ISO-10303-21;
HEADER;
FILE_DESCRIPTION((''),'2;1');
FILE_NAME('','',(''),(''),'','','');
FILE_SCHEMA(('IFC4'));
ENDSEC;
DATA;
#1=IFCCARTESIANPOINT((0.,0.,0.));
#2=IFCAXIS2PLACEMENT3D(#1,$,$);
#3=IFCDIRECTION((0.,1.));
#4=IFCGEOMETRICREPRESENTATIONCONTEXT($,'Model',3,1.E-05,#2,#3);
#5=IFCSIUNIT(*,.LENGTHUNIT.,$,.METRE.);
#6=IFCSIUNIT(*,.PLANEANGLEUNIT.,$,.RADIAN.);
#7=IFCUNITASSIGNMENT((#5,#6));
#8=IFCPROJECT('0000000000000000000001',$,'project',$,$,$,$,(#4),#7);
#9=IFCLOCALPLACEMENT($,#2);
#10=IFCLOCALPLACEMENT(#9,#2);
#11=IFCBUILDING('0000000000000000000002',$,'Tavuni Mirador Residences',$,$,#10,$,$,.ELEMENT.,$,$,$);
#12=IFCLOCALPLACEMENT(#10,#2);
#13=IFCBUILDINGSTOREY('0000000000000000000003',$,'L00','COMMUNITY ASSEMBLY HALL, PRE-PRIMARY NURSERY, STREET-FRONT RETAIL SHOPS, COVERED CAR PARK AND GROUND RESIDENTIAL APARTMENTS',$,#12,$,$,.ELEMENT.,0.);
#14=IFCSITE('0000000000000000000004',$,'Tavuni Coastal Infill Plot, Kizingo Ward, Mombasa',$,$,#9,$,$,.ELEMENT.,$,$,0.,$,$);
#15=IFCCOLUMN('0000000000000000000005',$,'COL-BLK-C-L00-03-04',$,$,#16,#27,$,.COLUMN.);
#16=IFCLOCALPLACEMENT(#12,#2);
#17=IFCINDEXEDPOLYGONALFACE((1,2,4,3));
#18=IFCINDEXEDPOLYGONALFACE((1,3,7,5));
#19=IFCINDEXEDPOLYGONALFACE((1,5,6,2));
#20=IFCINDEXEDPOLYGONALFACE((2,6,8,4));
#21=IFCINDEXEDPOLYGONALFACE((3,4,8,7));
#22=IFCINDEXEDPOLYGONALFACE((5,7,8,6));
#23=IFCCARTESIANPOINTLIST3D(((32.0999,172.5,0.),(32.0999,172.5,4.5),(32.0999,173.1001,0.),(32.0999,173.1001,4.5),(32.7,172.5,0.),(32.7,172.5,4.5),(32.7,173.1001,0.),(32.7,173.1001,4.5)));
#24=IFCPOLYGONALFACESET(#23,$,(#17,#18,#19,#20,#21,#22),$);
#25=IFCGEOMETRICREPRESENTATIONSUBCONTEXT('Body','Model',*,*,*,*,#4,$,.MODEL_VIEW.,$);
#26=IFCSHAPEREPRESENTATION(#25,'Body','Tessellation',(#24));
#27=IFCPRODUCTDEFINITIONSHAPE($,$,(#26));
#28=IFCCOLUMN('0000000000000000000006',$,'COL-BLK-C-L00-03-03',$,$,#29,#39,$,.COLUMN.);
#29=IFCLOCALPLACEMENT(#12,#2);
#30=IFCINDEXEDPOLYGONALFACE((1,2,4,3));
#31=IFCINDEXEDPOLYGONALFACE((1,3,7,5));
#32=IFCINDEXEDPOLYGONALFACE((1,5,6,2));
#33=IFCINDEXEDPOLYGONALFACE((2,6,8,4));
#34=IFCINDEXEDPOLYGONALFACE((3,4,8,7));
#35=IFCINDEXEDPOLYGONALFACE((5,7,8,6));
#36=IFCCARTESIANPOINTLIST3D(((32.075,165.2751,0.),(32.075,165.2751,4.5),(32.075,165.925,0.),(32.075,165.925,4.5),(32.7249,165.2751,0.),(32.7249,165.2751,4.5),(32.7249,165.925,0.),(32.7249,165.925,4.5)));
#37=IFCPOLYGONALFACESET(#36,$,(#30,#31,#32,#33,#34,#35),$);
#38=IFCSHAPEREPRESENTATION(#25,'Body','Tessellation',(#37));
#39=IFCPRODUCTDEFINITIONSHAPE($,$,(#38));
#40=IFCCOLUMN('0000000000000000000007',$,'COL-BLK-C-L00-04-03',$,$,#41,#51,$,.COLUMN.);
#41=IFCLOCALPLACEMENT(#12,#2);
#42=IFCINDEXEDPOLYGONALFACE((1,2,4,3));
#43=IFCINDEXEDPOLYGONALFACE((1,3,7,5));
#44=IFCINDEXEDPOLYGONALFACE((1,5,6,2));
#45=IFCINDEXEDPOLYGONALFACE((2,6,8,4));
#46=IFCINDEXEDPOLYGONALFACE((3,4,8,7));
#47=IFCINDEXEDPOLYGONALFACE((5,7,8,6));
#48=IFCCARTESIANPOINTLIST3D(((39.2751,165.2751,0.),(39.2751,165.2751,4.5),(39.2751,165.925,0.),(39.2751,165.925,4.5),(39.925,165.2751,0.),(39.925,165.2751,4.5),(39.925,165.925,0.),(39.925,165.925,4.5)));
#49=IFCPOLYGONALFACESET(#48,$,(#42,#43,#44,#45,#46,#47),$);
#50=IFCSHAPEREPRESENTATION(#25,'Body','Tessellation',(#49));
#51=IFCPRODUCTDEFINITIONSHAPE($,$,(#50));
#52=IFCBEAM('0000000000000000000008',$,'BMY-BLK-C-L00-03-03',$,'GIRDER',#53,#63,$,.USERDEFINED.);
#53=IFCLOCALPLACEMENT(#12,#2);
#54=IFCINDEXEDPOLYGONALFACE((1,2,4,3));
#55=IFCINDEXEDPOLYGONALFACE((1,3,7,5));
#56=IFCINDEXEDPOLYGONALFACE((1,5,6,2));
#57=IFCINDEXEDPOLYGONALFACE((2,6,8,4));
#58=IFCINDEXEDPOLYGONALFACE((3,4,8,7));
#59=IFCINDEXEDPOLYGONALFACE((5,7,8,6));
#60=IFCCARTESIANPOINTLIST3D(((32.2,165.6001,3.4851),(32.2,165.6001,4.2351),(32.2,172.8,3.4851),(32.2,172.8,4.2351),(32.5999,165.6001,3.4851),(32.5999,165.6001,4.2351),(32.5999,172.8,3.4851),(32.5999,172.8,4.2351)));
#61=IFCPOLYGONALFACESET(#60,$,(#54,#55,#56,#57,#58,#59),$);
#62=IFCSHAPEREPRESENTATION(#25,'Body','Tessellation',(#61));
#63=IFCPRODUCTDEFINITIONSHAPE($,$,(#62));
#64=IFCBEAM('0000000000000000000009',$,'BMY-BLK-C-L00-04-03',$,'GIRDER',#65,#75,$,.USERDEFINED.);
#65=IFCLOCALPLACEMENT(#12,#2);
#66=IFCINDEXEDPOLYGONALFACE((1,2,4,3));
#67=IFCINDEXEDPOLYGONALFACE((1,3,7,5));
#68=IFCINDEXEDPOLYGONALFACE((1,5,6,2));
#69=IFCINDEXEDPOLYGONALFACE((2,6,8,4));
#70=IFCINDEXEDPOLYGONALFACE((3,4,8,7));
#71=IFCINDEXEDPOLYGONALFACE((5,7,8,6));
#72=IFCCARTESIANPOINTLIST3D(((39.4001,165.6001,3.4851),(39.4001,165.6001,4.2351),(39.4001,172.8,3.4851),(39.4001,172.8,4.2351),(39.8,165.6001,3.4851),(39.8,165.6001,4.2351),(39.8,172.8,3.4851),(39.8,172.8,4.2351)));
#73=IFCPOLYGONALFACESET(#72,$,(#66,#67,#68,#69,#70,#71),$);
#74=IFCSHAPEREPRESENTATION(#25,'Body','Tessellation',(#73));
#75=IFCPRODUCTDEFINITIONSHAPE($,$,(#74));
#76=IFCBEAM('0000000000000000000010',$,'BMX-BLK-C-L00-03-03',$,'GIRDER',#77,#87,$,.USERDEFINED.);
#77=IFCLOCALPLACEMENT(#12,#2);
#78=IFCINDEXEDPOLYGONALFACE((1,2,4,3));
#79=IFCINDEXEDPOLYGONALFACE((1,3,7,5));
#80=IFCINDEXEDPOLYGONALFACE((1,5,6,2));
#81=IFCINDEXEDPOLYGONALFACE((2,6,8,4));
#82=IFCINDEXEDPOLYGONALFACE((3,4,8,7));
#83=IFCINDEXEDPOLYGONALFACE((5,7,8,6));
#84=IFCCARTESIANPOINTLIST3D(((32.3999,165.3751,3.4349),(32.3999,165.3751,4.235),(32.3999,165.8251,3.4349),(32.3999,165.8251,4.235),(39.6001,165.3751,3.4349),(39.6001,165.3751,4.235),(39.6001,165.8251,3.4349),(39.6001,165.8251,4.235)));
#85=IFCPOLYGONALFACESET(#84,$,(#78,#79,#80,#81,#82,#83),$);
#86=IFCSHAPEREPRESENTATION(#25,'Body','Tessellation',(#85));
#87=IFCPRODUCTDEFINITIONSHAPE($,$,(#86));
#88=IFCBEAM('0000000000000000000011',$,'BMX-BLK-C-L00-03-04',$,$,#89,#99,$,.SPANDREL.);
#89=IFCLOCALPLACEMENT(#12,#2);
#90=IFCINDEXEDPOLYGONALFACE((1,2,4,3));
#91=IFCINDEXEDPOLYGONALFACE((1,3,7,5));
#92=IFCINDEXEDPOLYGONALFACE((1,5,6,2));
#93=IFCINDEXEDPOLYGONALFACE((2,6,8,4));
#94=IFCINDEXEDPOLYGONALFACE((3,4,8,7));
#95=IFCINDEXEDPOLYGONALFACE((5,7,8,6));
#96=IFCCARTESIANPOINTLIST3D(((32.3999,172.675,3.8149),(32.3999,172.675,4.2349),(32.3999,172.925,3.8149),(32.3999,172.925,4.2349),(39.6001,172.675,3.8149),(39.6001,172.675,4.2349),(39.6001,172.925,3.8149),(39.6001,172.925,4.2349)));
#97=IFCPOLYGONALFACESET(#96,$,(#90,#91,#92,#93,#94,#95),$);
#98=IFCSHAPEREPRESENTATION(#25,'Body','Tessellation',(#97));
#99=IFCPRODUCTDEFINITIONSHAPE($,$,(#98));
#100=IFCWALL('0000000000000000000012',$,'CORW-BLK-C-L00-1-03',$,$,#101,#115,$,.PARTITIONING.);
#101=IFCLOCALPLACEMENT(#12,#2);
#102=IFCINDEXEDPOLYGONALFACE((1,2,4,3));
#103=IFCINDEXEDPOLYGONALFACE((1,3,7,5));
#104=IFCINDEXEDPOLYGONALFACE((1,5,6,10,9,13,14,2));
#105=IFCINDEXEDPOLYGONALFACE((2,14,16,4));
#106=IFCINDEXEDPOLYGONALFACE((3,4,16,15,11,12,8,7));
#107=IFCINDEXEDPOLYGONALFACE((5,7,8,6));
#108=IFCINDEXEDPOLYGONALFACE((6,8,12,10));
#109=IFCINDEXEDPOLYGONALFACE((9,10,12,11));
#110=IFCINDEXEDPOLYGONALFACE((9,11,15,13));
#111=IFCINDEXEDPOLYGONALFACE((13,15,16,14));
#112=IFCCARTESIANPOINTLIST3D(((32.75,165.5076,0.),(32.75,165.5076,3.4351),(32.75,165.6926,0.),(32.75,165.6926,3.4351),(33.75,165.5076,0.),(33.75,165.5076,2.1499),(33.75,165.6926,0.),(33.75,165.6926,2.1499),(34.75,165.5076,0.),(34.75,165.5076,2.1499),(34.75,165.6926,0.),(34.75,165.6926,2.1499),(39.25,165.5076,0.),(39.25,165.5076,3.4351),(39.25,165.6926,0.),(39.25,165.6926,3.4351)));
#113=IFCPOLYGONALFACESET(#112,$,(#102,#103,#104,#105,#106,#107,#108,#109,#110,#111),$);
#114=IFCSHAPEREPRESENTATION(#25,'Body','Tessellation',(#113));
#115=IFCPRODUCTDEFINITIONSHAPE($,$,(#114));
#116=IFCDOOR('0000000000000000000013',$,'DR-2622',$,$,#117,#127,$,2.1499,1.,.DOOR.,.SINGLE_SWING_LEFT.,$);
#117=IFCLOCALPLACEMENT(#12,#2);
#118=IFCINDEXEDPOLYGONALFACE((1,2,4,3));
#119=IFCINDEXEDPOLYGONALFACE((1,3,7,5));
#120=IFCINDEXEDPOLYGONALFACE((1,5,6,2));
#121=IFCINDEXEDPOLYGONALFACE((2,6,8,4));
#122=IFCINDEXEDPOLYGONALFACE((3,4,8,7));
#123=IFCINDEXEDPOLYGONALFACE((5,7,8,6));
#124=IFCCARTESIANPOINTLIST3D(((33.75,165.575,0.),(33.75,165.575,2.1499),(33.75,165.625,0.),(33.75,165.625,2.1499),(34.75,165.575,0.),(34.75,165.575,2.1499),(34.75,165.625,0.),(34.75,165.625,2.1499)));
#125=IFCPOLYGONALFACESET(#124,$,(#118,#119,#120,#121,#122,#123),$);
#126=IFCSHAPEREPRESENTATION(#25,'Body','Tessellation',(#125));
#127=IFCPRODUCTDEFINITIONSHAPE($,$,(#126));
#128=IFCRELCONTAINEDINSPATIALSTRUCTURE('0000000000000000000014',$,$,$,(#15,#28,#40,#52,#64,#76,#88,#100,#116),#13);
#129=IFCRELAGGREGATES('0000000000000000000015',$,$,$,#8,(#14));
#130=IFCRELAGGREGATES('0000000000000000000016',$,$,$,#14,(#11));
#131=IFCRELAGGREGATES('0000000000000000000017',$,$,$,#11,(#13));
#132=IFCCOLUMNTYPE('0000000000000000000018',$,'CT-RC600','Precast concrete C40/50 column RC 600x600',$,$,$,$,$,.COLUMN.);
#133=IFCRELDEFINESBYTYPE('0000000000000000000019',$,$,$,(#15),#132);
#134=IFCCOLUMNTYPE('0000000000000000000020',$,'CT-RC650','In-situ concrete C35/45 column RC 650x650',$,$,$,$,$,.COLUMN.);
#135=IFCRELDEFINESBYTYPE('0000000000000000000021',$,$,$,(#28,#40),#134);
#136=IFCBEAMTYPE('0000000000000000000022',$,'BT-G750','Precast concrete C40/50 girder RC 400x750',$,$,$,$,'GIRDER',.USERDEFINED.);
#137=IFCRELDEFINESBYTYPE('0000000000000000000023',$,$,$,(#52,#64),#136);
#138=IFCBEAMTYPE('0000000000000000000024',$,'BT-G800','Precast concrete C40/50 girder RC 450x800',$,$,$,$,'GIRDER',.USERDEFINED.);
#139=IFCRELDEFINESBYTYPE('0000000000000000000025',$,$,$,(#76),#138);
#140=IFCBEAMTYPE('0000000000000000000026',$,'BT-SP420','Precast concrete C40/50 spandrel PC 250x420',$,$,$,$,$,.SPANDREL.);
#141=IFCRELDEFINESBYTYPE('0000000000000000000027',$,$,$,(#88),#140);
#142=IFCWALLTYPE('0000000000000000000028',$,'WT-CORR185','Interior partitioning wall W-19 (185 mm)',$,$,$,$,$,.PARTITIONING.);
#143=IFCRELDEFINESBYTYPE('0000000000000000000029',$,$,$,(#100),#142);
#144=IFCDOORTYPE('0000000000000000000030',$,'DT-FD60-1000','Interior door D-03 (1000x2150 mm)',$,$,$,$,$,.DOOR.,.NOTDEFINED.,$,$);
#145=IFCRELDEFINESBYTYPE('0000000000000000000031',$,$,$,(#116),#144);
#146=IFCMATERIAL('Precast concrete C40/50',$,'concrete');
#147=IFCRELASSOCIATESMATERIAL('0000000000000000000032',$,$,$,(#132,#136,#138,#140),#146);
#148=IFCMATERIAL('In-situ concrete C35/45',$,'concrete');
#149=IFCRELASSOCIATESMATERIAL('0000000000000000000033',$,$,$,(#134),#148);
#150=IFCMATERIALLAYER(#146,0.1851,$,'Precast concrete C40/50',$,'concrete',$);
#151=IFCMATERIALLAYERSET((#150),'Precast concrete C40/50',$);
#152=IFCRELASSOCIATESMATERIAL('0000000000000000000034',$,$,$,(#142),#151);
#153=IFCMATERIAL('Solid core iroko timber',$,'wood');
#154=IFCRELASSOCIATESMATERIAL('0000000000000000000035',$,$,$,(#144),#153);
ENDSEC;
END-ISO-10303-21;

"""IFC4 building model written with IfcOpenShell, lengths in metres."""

from ifc_helpers import new_model, si_unit, direction, frame, frame_2d, origin, origin_2d, place, context, subcontext, project, spatial, rectangle, extrude, material, layer, layer_set, material_profile, profile_set, type_object, element, fill, save


model = new_model("IFC4")

# Units and contexts
model_context = context("Model", 3, precision=1e-05, world=origin(), true_north=direction((0.0, 1.0)))
body_context = subcontext(model_context, "Body", "Model", "MODEL_VIEW")
ifc_project = project(units=[si_unit("LENGTHUNIT", "METRE"), si_unit("PLANEANGLEUNIT", "RADIAN")], contexts=[model_context])

# Site, building, storey
site_placement = place(None, origin())
site = spatial("IfcSite", under=ifc_project, at=site_placement, Name="Tavuni Coastal Infill Plot, Kizingo Ward, Mombasa", CompositionType="ELEMENT", RefElevation=0.0)
building_placement = place(site_placement, origin())
building = spatial("IfcBuilding", under=site, at=building_placement, Name="Tavuni Mirador Residences", CompositionType="ELEMENT")
storey_placement = place(building_placement, origin())
storey = spatial("IfcBuildingStorey", under=building, at=storey_placement, Name="L00", Description="COMMUNITY ASSEMBLY HALL, PRE-PRIMARY NURSERY, STREET-FRONT RETAIL SHOPS, COVERED CAR PARK AND GROUND RESIDENTIAL APARTMENTS", CompositionType="ELEMENT", Elevation=0.0)

# Columns
ifc_material_1 = material(Name="Precast concrete C40/50", Category="concrete")
ifc_material_profile_1 = material_profile(ifc_material_1, rectangle(XDim=0.6001, YDim=0.6001, at=origin_2d()), Name="RC 600x600", Category="concrete")
ifc_profile_set_1 = profile_set([ifc_material_profile_1], Name="Precast concrete C40/50")
column_type_1 = type_object("IfcColumnType", Name="CT-RC600", Description="Precast concrete C40/50 column RC 600x600", PredefinedType="COLUMN", material=ifc_profile_set_1)
column_placement = place(storey_placement, frame((32.3999, 172.8, 0.0), z_axis=(0.0, 0.0, 1.0), x_axis=(1.0, 0.0, 0.0)))
element("IfcColumn", 1, at=column_placement, inside=storey, type_object=column_type_1, Name="COL-BLK-C-L00-03-04", PredefinedType="COLUMN", context=body_context, shape_type="SweptSolid", body=[
    extrude(rectangle(XDim=0.6001, YDim=0.6001, at=origin_2d()), origin(), (0.0, 0.0, 1.0), 4.5),
])
ifc_material_2 = material(Name="In-situ concrete C35/45", Category="concrete")
ifc_material_profile_2 = material_profile(ifc_material_2, rectangle(XDim=0.6499, YDim=0.6499, at=origin_2d()), Name="RC 650x650", Category="concrete")
ifc_profile_set_2 = profile_set([ifc_material_profile_2], Name="In-situ concrete C35/45")
column_type_2 = type_object("IfcColumnType", Name="CT-RC650", Description="In-situ concrete C35/45 column RC 650x650", PredefinedType="COLUMN", material=ifc_profile_set_2)
for number, where, z_axis, x_axis, name in (
    (2, (32.3999, 165.6001, 0.0), (0.0, 0.0, 1.0), (1.0, 0.0, 0.0), "COL-BLK-C-L00-03-03"),
    (3, (39.6001, 165.6001, 0.0), (0.0, 0.0, 1.0), (1.0, 0.0, 0.0), "COL-BLK-C-L00-04-03"),
):
    element("IfcColumn", number, at=place(storey_placement, frame(where, z_axis=z_axis, x_axis=x_axis)), inside=storey, type_object=column_type_2, Name=name, PredefinedType="COLUMN", context=body_context, shape_type="SweptSolid", body=[
        extrude(rectangle(XDim=0.6499, YDim=0.6499, at=origin_2d()), origin(), (0.0, 0.0, 1.0), 4.5),
    ])

# Beams
ifc_material_profile_3 = material_profile(ifc_material_1, rectangle(XDim=0.3999, YDim=0.75, at=origin_2d()), Name="RC 400x750", Category="concrete")
ifc_profile_set_3 = profile_set([ifc_material_profile_3], Name="Precast concrete C40/50")
beam_type_1 = type_object("IfcBeamType", Name="BT-G750", Description="Precast concrete C40/50 girder RC 400x750", ElementType="GIRDER", PredefinedType="USERDEFINED", material=ifc_profile_set_3)
for number, where, z_axis, x_axis, name in (
    (4, (32.3999, 165.6001, 3.8601), (0.0, 1.0, 0.0), (-1.0, 0.0, 0.0), "BMY-BLK-C-L00-03-03"),
    (5, (39.6001, 165.6001, 3.8601), (0.0, 1.0, 0.0), (-1.0, 0.0, 0.0), "BMY-BLK-C-L00-04-03"),
):
    element("IfcBeam", number, at=place(storey_placement, frame(where, z_axis=z_axis, x_axis=x_axis)), inside=storey, type_object=beam_type_1, Name=name, ObjectType="GIRDER", PredefinedType="USERDEFINED", context=body_context, shape_type="SweptSolid", body=[
        extrude(rectangle(XDim=0.3999, YDim=0.75, at=origin_2d()), origin(), (0.0, 0.0, 1.0), 7.2),
    ])
ifc_material_profile_4 = material_profile(ifc_material_1, rectangle(XDim=0.45, YDim=0.8, at=origin_2d()), Name="RC 450x800", Category="concrete")
ifc_profile_set_4 = profile_set([ifc_material_profile_4], Name="Precast concrete C40/50")
beam_type_2 = type_object("IfcBeamType", Name="BT-G800", Description="Precast concrete C40/50 girder RC 450x800", ElementType="GIRDER", PredefinedType="USERDEFINED", material=ifc_profile_set_4)
beam_1_placement = place(storey_placement, frame((32.3999, 165.6001, 3.835), z_axis=(1.0, 0.0, 0.0), x_axis=(0.0, 1.0, 0.0)))
element("IfcBeam", 6, at=beam_1_placement, inside=storey, type_object=beam_type_2, Name="BMX-BLK-C-L00-03-03", ObjectType="GIRDER", PredefinedType="USERDEFINED", context=body_context, shape_type="SweptSolid", body=[
    extrude(rectangle(XDim=0.45, YDim=0.8, at=origin_2d()), origin(), (0.0, 0.0, 1.0), 7.2002),
])
ifc_material_profile_5 = material_profile(ifc_material_1, rectangle(XDim=0.25, YDim=0.4199, at=origin_2d()), Name="PC 250x420", Category="concrete")
ifc_profile_set_5 = profile_set([ifc_material_profile_5], Name="Precast concrete C40/50")
beam_type_3 = type_object("IfcBeamType", Name="BT-SP420", Description="Precast concrete C40/50 spandrel PC 250x420", PredefinedType="SPANDREL", material=ifc_profile_set_5)
beam_2_placement = place(storey_placement, frame((32.3999, 172.8, 4.0249), z_axis=(1.0, 0.0, 0.0), x_axis=(0.0, 1.0, 0.0)))
element("IfcBeam", 7, at=beam_2_placement, inside=storey, type_object=beam_type_3, Name="BMX-BLK-C-L00-03-04", PredefinedType="SPANDREL", context=body_context, shape_type="SweptSolid", body=[
    extrude(rectangle(XDim=0.25, YDim=0.4199, at=origin_2d()), origin(), (0.0, 0.0, 1.0), 7.2002),
])

# Wall, opening, door
ifc_layer_1 = layer(ifc_material_1, 0.1851, Name="Precast concrete C40/50", Category="concrete")
ifc_layer_set_1 = layer_set([ifc_layer_1], Name="Precast concrete C40/50")
wall_type_1 = type_object("IfcWallType", Name="WT-CORR185", Description="Interior partitioning wall W-19 (185 mm)", PredefinedType="PARTITIONING", material=ifc_layer_set_1)
wall_1_placement = place(storey_placement, frame((32.75, 165.6001, 0.0), z_axis=(0.0, 0.0, 1.0), x_axis=(1.0, 0.0, 0.0)))
wall_1 = element("IfcWall", 8, at=wall_1_placement, inside=storey, type_object=wall_type_1, Name="CORW-BLK-C-L00-1-03", PredefinedType="PARTITIONING", context=body_context, shape_type="SweptSolid", body=[
    extrude(rectangle(XDim=6.5, YDim=0.1851, at=frame_2d((3.25, 0.0))), origin(), (0.0, 0.0, 1.0), 3.4351),
])
opening_1_placement = place(wall_1_placement, frame((1.0, 0.0, 0.0)))
opening_1 = element("IfcOpeningElement", 9, at=opening_1_placement, cuts=wall_1, PredefinedType="OPENING", context=body_context, shape_type="SweptSolid", body=[
    extrude(rectangle(XDim=1.0, YDim=2.1499, at=frame_2d((0.5, 1.075))), frame((0.0, 0.1025, 0.0), z_axis=(0.0, -1.0, 0.0), x_axis=(1.0, 0.0, 0.0)), (0.0, 0.0, 1.0), 0.2051),
])
ifc_material_3 = material(Name="Solid core iroko timber", Category="wood")
door_type_1 = type_object("IfcDoorType", Name="DT-FD60-1000", Description="Interior door D-03 (1000x2150 mm)", OperationType="NOTDEFINED", PredefinedType="DOOR", material=ifc_material_3)
door_1_placement = place(opening_1_placement, origin())
door_1 = element("IfcDoor", 10, at=door_1_placement, inside=storey, type_object=door_type_1, Name="DR-2622", OperationType="SINGLE_SWING_LEFT", OverallHeight=2.1499, OverallWidth=1.0, PredefinedType="DOOR", context=body_context, shape_type="SweptSolid", body=[
    extrude(rectangle(XDim=1.0, YDim=2.1499, at=frame_2d((0.5, 1.075))), frame((0.0, 0.0249, 0.0), z_axis=(0.0, -1.0, 0.0), x_axis=(1.0, 0.0, 0.0)), (0.0, 0.0, 1.0), 0.05),
])
fill(opening_1, door_1)

save(model, "model.ifc")
